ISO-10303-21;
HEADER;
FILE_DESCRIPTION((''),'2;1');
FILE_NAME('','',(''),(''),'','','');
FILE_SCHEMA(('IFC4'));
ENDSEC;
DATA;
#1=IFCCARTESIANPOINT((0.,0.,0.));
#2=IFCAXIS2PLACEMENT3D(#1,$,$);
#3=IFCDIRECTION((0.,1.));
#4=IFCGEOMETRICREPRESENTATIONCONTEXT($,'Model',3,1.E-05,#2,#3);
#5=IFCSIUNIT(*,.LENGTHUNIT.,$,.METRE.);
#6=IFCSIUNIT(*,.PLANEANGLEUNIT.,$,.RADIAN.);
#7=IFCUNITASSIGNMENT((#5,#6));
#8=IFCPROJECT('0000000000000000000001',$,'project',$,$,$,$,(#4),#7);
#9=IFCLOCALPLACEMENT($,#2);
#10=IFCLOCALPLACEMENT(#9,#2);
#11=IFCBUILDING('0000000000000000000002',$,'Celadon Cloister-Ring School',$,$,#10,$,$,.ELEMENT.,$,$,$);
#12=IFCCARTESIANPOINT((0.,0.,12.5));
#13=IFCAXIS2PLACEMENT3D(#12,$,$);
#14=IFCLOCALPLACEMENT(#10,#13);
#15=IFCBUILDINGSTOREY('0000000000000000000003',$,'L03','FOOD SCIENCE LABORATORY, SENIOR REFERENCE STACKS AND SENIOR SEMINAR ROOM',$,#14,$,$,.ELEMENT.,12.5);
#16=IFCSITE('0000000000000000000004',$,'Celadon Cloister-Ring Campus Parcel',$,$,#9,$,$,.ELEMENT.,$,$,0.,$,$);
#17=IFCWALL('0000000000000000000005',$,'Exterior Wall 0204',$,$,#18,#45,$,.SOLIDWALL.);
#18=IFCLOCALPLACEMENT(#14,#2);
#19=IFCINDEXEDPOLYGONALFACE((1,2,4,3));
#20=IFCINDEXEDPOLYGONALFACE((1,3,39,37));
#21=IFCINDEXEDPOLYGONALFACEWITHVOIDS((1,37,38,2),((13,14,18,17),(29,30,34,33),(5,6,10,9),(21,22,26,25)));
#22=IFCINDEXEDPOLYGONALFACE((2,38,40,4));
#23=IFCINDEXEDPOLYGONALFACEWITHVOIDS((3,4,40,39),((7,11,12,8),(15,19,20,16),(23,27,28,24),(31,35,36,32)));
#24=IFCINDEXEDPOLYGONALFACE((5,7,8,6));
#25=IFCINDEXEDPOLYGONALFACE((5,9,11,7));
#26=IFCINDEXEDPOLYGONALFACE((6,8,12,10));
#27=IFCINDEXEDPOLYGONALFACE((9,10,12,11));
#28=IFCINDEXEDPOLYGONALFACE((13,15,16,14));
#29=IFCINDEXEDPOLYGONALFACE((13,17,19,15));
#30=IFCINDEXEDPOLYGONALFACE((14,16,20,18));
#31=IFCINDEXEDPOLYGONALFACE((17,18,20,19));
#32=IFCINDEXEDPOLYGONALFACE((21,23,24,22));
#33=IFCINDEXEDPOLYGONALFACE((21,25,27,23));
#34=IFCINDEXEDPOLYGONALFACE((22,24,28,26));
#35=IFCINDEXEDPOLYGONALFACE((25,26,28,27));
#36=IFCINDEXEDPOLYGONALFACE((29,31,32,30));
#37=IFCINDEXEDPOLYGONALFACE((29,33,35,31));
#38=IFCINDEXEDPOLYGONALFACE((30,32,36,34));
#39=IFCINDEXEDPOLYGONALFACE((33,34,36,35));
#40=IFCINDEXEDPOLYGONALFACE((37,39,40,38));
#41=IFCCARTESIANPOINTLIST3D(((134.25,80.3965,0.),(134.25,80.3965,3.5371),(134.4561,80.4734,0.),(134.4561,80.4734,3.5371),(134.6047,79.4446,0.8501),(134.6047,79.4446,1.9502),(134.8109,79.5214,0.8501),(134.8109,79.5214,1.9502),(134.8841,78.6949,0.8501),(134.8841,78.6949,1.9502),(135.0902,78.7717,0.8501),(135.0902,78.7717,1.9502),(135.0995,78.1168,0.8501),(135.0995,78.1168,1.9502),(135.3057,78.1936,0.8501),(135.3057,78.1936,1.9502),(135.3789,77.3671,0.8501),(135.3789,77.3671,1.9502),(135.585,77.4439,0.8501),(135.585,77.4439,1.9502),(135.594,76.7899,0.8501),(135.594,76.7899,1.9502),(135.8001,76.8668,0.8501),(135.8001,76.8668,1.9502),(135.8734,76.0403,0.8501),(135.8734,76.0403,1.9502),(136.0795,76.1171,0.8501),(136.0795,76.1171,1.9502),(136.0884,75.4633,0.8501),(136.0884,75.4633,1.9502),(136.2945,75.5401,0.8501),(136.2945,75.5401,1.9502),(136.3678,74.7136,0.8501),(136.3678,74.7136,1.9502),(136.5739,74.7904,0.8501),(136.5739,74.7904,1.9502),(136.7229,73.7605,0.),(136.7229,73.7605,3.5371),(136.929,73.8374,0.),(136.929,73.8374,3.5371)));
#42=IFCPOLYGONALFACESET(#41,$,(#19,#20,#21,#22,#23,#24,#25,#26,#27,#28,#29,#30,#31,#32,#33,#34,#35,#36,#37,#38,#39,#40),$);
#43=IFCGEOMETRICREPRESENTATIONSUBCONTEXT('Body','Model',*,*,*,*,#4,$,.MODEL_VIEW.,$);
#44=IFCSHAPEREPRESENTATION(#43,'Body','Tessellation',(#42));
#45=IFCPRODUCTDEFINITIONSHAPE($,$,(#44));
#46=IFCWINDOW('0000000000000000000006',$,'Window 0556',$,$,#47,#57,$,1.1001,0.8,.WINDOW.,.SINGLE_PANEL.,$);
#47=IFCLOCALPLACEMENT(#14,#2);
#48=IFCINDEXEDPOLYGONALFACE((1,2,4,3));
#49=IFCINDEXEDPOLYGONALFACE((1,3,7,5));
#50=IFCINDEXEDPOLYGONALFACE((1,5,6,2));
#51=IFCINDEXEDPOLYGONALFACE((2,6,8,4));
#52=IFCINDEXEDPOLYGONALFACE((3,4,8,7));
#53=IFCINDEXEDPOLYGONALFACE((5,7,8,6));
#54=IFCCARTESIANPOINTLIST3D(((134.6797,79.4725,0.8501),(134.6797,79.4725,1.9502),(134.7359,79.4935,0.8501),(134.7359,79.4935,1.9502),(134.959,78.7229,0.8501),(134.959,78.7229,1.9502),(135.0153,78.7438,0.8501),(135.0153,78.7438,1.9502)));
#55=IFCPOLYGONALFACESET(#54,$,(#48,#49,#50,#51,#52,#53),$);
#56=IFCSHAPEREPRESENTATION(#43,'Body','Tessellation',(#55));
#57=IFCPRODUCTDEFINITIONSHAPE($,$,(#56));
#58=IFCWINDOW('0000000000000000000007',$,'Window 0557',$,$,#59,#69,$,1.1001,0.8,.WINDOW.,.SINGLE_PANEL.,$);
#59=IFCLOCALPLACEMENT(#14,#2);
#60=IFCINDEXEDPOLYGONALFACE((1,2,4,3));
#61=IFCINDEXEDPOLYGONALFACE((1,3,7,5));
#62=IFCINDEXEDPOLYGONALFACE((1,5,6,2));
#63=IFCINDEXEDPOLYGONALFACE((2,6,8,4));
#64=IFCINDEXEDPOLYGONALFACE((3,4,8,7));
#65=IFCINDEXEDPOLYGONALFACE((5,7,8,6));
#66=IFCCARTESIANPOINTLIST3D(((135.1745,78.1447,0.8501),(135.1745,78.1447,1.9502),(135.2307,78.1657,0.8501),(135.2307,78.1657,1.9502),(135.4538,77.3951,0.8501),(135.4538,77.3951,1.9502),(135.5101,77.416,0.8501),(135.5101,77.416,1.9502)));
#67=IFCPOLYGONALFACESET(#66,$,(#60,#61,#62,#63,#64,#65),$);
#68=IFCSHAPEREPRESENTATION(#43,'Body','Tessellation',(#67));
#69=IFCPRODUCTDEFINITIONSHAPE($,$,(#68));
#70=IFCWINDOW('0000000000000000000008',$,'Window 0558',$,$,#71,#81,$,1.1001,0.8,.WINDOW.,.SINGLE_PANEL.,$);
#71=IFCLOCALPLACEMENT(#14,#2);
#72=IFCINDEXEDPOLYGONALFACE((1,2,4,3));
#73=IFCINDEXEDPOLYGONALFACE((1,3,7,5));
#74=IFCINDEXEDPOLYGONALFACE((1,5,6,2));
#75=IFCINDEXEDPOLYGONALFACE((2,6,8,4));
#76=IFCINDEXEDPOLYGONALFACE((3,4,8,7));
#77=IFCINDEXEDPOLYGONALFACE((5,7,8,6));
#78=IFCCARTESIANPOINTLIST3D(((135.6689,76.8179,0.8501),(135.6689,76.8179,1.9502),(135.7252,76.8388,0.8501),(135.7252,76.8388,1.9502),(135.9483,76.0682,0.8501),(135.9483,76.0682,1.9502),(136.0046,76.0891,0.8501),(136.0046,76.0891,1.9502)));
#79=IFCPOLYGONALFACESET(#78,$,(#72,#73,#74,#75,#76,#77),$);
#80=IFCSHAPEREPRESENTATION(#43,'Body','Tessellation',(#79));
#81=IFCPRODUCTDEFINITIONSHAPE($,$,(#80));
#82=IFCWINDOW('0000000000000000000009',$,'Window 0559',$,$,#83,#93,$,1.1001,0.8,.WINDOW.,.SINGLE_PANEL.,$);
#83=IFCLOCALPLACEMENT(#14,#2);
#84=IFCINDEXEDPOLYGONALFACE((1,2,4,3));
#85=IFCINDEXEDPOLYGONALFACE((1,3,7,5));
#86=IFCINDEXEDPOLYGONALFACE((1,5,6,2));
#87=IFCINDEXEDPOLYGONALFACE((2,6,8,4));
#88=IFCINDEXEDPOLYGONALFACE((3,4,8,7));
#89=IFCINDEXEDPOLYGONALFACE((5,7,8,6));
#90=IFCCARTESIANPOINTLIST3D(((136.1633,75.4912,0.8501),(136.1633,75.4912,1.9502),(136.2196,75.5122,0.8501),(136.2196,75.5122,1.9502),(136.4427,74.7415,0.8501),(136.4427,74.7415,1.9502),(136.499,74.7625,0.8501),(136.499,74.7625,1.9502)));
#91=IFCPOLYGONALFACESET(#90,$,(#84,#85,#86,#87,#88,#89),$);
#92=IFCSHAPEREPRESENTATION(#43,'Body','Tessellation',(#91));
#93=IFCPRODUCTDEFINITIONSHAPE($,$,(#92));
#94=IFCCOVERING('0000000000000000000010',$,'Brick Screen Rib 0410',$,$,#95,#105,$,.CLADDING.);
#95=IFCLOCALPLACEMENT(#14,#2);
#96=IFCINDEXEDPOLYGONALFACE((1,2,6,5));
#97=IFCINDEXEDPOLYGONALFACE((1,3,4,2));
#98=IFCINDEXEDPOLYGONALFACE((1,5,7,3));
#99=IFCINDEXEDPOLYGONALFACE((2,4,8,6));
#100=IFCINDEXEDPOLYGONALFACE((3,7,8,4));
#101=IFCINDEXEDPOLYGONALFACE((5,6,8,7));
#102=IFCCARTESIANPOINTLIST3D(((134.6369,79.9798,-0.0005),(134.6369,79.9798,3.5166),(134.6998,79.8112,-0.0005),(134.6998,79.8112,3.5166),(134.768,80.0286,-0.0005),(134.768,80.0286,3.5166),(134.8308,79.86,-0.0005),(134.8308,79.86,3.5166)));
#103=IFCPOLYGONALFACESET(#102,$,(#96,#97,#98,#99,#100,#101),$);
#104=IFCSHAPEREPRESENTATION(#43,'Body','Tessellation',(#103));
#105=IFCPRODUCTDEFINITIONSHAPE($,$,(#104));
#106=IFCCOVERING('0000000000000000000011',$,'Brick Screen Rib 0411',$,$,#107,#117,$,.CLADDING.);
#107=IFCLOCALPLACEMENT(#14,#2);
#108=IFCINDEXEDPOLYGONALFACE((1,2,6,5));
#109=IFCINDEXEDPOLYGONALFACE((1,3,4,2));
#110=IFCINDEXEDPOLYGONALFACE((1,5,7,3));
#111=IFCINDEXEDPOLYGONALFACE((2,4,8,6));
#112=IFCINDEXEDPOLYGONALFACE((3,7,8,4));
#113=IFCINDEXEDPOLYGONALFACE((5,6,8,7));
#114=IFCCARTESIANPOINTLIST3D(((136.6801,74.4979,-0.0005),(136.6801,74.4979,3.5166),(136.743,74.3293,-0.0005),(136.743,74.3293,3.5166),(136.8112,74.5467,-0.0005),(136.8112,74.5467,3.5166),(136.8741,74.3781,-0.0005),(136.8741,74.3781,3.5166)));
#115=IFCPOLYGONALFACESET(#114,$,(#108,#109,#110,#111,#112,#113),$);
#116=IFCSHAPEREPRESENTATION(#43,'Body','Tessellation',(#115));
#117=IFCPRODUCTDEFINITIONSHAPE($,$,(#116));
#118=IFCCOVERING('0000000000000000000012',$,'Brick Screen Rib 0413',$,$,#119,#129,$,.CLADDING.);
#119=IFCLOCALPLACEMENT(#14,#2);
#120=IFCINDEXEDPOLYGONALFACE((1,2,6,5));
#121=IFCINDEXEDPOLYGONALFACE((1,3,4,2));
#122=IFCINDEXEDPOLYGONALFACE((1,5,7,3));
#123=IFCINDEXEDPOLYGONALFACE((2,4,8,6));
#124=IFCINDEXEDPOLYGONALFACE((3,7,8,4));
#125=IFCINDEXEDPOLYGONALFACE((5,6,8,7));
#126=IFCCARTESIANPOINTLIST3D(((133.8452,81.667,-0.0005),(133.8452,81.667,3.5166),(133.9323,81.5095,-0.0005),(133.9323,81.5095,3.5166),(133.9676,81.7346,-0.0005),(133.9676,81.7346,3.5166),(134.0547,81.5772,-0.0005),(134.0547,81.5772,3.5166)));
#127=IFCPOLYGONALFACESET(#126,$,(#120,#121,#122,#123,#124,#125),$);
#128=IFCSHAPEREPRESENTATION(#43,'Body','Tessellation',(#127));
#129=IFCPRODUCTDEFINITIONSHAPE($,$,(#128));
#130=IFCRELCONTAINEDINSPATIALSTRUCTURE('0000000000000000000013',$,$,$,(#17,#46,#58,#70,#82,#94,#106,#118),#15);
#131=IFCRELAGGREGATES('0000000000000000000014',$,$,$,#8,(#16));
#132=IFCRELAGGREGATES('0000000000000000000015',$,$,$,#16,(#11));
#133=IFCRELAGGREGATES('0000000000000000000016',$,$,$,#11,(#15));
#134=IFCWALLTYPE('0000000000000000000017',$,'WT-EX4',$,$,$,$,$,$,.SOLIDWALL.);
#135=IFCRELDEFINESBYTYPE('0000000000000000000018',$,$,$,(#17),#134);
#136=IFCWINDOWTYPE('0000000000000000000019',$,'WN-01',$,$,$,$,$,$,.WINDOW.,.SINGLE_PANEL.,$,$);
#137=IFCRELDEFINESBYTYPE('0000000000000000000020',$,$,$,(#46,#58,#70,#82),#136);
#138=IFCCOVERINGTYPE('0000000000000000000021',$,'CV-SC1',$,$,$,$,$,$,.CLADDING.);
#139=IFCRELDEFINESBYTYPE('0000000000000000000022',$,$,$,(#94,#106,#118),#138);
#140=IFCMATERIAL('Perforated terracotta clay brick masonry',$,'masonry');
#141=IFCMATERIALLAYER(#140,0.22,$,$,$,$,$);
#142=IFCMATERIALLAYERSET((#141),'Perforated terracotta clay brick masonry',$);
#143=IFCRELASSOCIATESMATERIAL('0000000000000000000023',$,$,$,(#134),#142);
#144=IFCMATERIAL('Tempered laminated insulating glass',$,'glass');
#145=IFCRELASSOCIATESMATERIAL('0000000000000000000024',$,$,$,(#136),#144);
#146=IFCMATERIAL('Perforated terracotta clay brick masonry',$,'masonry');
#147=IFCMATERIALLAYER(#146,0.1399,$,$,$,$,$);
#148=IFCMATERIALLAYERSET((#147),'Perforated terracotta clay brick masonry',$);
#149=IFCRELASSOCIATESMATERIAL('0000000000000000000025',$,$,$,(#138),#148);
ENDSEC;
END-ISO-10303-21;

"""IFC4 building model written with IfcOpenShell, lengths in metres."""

from ifc_helpers import new_model, si_unit, direction, frame, frame_2d, origin, origin_2d, place, context, subcontext, project, spatial, rectangle, extrude, material, layer, layer_set, type_object, element, fill, save


model = new_model("IFC4")

# Units and contexts
model_context = context("Model", 3, precision=1e-05, world=origin(), true_north=direction((0.0, 1.0)))
body_context = subcontext(model_context, "Body", "Model", "MODEL_VIEW")
ifc_project = project(units=[si_unit("LENGTHUNIT", "METRE"), si_unit("PLANEANGLEUNIT", "RADIAN")], contexts=[model_context])

# Site, building, storey
site_placement = place(None, origin())
site = spatial("IfcSite", under=ifc_project, at=site_placement, Name="Celadon Cloister-Ring Campus Parcel", CompositionType="ELEMENT", RefElevation=0.0)
building_placement = place(site_placement, origin())
building = spatial("IfcBuilding", under=site, at=building_placement, Name="Celadon Cloister-Ring School", CompositionType="ELEMENT")
storey_placement = place(building_placement, frame((0.0, 0.0, 12.5)))
storey = spatial("IfcBuildingStorey", under=building, at=storey_placement, Name="L03", Description="FOOD SCIENCE LABORATORY, SENIOR REFERENCE STACKS AND SENIOR SEMINAR ROOM", CompositionType="ELEMENT", Elevation=12.5)

# Wall, openings, windows
ifc_material_1 = material(Name="Perforated terracotta clay brick masonry", Category="masonry")
ifc_layer_1 = layer(ifc_material_1, 0.22)
ifc_layer_set_1 = layer_set([ifc_layer_1], Name="Perforated terracotta clay brick masonry")
wall_type = type_object("IfcWallType", Name="WT-EX4", PredefinedType="SOLIDWALL", material=ifc_layer_set_1)
wall_placement = place(storey_placement, frame((134.353, 80.4351, 0.0), z_axis=(0.0, 0.0, 1.0), x_axis=(0.349192, -0.937051, 0.0)))
wall = element("IfcWall", 1, at=wall_placement, inside=storey, type_object=wall_type, Name="Exterior Wall 0204", PredefinedType="SOLIDWALL", context=body_context, shape_type="SweptSolid", body=[
    extrude(rectangle(XDim=7.0818, YDim=0.22, at=frame_2d((3.541, 0.0))), origin(), (0.0, 0.0, 1.0), 3.5371),
])
opening_1_placement = place(wall_placement, frame((1.0161, 0.0, 0.8501)))
opening_1 = element("IfcOpeningElement", 2, at=opening_1_placement, cuts=wall, PredefinedType="OPENING", context=body_context, shape_type="SweptSolid", body=[
    extrude(rectangle(XDim=0.8, YDim=1.1001, at=frame_2d((0.3999, 0.55))), frame((0.0, 0.1201, 0.0), z_axis=(0.0, -1.0, 0.0), x_axis=(1.0, 0.0, 0.0)), (0.0, 0.0, 1.0), 0.24),
])
opening_2_placement = place(wall_placement, frame((2.4331, 0.0, 0.8501)))
opening_2 = element("IfcOpeningElement", 3, at=opening_2_placement, cuts=wall, PredefinedType="OPENING", context=body_context, shape_type="SweptSolid", body=[
    extrude(rectangle(XDim=0.8, YDim=1.1001, at=frame_2d((0.3999, 0.55))), frame((0.0, 0.1201, 0.0), z_axis=(0.0, -1.0, 0.0), x_axis=(1.0, 0.0, 0.0)), (0.0, 0.0, 1.0), 0.24),
])
opening_3_placement = place(wall_placement, frame((3.8491, 0.0, 0.8501)))
opening_3 = element("IfcOpeningElement", 4, at=opening_3_placement, cuts=wall, PredefinedType="OPENING", context=body_context, shape_type="SweptSolid", body=[
    extrude(rectangle(XDim=0.8, YDim=1.1001, at=frame_2d((0.3999, 0.55))), frame((0.0, 0.1201, 0.0), z_axis=(0.0, -1.0, 0.0), x_axis=(1.0, 0.0, 0.0)), (0.0, 0.0, 1.0), 0.24),
])
opening_4_placement = place(wall_placement, frame((5.2649, 0.0, 0.8501)))
opening_4 = element("IfcOpeningElement", 5, at=opening_4_placement, cuts=wall, PredefinedType="OPENING", context=body_context, shape_type="SweptSolid", body=[
    extrude(rectangle(XDim=0.8, YDim=1.1001, at=frame_2d((0.3999, 0.55))), frame((0.0, 0.1201, 0.0), z_axis=(0.0, -1.0, 0.0), x_axis=(1.0, 0.0, 0.0)), (0.0, 0.0, 1.0), 0.24),
])
ifc_material_2 = material(Name="Tempered laminated insulating glass", Category="glass")
window_type = type_object("IfcWindowType", Name="WN-01", PartitioningType="SINGLE_PANEL", PredefinedType="WINDOW", material=ifc_material_2)
window_1_placement = place(opening_1_placement, origin())
window_1 = element("IfcWindow", 6, at=window_1_placement, inside=storey, type_object=window_type, Name="Window 0556", OverallHeight=1.1001, OverallWidth=0.8, PartitioningType="SINGLE_PANEL", PredefinedType="WINDOW", context=body_context, shape_type="SweptSolid", body=[
    extrude(rectangle(XDim=0.8, YDim=1.1001, at=frame_2d((0.3999, 0.55))), frame((0.0, 0.03, 0.0), z_axis=(0.0, -1.0, 0.0), x_axis=(1.0, 0.0, 0.0)), (0.0, 0.0, 1.0), 0.0601),
])
fill(opening_1, window_1)
window_2_placement = place(opening_2_placement, origin())
window_2 = element("IfcWindow", 7, at=window_2_placement, inside=storey, type_object=window_type, Name="Window 0557", OverallHeight=1.1001, OverallWidth=0.8, PartitioningType="SINGLE_PANEL", PredefinedType="WINDOW", context=body_context, shape_type="SweptSolid", body=[
    extrude(rectangle(XDim=0.8, YDim=1.1001, at=frame_2d((0.3999, 0.55))), frame((0.0, 0.03, 0.0), z_axis=(0.0, -1.0, 0.0), x_axis=(1.0, 0.0, 0.0)), (0.0, 0.0, 1.0), 0.0601),
])
fill(opening_2, window_2)
window_3_placement = place(opening_3_placement, origin())
window_3 = element("IfcWindow", 8, at=window_3_placement, inside=storey, type_object=window_type, Name="Window 0558", OverallHeight=1.1001, OverallWidth=0.8, PartitioningType="SINGLE_PANEL", PredefinedType="WINDOW", context=body_context, shape_type="SweptSolid", body=[
    extrude(rectangle(XDim=0.8, YDim=1.1001, at=frame_2d((0.3999, 0.55))), frame((0.0, 0.03, 0.0), z_axis=(0.0, -1.0, 0.0), x_axis=(1.0, 0.0, 0.0)), (0.0, 0.0, 1.0), 0.0601),
])
fill(opening_3, window_3)
window_4_placement = place(opening_4_placement, origin())
window_4 = element("IfcWindow", 9, at=window_4_placement, inside=storey, type_object=window_type, Name="Window 0559", OverallHeight=1.1001, OverallWidth=0.8, PartitioningType="SINGLE_PANEL", PredefinedType="WINDOW", context=body_context, shape_type="SweptSolid", body=[
    extrude(rectangle(XDim=0.8, YDim=1.1001, at=frame_2d((0.3999, 0.55))), frame((0.0, 0.03, 0.0), z_axis=(0.0, -1.0, 0.0), x_axis=(1.0, 0.0, 0.0)), (0.0, 0.0, 1.0), 0.0601),
])
fill(opening_4, window_4)

# Coverings
ifc_material_3 = material(Name="Perforated terracotta clay brick masonry", Category="masonry")
ifc_layer_2 = layer(ifc_material_3, 0.1399)
ifc_layer_set_2 = layer_set([ifc_layer_2], Name="Perforated terracotta clay brick masonry")
covering_type = type_object("IfcCoveringType", Name="CV-SC1", PredefinedType="CLADDING", material=ifc_layer_set_2)
for number, where, z_axis, x_axis, name in (
    (10, (134.7339, 79.9199, -0.0005), (0.0, 0.0, 1.0), (0.34921, -0.937045, 0.0), "Brick Screen Rib 0410"),
    (11, (136.7771, 74.438, -0.0005), (0.0, 0.0, 1.0), (0.34921, -0.937045, 0.0), "Brick Screen Rib 0411"),
    (12, (133.95, 81.6221, -0.0005), (0.0, 0.0, 1.0), (0.483832, -0.875161, 0.0), "Brick Screen Rib 0413"),
):
    element("IfcCovering", number, at=place(storey_placement, frame(where, z_axis=z_axis, x_axis=x_axis)), inside=storey, type_object=covering_type, Name=name, PredefinedType="CLADDING", context=body_context, shape_type="SweptSolid", body=[
        extrude(rectangle(XDim=0.1799, YDim=0.1399, at=origin_2d()), origin(), (0.0, 0.0, 1.0), 3.5171),
    ])

save(model, "model.ifc")
